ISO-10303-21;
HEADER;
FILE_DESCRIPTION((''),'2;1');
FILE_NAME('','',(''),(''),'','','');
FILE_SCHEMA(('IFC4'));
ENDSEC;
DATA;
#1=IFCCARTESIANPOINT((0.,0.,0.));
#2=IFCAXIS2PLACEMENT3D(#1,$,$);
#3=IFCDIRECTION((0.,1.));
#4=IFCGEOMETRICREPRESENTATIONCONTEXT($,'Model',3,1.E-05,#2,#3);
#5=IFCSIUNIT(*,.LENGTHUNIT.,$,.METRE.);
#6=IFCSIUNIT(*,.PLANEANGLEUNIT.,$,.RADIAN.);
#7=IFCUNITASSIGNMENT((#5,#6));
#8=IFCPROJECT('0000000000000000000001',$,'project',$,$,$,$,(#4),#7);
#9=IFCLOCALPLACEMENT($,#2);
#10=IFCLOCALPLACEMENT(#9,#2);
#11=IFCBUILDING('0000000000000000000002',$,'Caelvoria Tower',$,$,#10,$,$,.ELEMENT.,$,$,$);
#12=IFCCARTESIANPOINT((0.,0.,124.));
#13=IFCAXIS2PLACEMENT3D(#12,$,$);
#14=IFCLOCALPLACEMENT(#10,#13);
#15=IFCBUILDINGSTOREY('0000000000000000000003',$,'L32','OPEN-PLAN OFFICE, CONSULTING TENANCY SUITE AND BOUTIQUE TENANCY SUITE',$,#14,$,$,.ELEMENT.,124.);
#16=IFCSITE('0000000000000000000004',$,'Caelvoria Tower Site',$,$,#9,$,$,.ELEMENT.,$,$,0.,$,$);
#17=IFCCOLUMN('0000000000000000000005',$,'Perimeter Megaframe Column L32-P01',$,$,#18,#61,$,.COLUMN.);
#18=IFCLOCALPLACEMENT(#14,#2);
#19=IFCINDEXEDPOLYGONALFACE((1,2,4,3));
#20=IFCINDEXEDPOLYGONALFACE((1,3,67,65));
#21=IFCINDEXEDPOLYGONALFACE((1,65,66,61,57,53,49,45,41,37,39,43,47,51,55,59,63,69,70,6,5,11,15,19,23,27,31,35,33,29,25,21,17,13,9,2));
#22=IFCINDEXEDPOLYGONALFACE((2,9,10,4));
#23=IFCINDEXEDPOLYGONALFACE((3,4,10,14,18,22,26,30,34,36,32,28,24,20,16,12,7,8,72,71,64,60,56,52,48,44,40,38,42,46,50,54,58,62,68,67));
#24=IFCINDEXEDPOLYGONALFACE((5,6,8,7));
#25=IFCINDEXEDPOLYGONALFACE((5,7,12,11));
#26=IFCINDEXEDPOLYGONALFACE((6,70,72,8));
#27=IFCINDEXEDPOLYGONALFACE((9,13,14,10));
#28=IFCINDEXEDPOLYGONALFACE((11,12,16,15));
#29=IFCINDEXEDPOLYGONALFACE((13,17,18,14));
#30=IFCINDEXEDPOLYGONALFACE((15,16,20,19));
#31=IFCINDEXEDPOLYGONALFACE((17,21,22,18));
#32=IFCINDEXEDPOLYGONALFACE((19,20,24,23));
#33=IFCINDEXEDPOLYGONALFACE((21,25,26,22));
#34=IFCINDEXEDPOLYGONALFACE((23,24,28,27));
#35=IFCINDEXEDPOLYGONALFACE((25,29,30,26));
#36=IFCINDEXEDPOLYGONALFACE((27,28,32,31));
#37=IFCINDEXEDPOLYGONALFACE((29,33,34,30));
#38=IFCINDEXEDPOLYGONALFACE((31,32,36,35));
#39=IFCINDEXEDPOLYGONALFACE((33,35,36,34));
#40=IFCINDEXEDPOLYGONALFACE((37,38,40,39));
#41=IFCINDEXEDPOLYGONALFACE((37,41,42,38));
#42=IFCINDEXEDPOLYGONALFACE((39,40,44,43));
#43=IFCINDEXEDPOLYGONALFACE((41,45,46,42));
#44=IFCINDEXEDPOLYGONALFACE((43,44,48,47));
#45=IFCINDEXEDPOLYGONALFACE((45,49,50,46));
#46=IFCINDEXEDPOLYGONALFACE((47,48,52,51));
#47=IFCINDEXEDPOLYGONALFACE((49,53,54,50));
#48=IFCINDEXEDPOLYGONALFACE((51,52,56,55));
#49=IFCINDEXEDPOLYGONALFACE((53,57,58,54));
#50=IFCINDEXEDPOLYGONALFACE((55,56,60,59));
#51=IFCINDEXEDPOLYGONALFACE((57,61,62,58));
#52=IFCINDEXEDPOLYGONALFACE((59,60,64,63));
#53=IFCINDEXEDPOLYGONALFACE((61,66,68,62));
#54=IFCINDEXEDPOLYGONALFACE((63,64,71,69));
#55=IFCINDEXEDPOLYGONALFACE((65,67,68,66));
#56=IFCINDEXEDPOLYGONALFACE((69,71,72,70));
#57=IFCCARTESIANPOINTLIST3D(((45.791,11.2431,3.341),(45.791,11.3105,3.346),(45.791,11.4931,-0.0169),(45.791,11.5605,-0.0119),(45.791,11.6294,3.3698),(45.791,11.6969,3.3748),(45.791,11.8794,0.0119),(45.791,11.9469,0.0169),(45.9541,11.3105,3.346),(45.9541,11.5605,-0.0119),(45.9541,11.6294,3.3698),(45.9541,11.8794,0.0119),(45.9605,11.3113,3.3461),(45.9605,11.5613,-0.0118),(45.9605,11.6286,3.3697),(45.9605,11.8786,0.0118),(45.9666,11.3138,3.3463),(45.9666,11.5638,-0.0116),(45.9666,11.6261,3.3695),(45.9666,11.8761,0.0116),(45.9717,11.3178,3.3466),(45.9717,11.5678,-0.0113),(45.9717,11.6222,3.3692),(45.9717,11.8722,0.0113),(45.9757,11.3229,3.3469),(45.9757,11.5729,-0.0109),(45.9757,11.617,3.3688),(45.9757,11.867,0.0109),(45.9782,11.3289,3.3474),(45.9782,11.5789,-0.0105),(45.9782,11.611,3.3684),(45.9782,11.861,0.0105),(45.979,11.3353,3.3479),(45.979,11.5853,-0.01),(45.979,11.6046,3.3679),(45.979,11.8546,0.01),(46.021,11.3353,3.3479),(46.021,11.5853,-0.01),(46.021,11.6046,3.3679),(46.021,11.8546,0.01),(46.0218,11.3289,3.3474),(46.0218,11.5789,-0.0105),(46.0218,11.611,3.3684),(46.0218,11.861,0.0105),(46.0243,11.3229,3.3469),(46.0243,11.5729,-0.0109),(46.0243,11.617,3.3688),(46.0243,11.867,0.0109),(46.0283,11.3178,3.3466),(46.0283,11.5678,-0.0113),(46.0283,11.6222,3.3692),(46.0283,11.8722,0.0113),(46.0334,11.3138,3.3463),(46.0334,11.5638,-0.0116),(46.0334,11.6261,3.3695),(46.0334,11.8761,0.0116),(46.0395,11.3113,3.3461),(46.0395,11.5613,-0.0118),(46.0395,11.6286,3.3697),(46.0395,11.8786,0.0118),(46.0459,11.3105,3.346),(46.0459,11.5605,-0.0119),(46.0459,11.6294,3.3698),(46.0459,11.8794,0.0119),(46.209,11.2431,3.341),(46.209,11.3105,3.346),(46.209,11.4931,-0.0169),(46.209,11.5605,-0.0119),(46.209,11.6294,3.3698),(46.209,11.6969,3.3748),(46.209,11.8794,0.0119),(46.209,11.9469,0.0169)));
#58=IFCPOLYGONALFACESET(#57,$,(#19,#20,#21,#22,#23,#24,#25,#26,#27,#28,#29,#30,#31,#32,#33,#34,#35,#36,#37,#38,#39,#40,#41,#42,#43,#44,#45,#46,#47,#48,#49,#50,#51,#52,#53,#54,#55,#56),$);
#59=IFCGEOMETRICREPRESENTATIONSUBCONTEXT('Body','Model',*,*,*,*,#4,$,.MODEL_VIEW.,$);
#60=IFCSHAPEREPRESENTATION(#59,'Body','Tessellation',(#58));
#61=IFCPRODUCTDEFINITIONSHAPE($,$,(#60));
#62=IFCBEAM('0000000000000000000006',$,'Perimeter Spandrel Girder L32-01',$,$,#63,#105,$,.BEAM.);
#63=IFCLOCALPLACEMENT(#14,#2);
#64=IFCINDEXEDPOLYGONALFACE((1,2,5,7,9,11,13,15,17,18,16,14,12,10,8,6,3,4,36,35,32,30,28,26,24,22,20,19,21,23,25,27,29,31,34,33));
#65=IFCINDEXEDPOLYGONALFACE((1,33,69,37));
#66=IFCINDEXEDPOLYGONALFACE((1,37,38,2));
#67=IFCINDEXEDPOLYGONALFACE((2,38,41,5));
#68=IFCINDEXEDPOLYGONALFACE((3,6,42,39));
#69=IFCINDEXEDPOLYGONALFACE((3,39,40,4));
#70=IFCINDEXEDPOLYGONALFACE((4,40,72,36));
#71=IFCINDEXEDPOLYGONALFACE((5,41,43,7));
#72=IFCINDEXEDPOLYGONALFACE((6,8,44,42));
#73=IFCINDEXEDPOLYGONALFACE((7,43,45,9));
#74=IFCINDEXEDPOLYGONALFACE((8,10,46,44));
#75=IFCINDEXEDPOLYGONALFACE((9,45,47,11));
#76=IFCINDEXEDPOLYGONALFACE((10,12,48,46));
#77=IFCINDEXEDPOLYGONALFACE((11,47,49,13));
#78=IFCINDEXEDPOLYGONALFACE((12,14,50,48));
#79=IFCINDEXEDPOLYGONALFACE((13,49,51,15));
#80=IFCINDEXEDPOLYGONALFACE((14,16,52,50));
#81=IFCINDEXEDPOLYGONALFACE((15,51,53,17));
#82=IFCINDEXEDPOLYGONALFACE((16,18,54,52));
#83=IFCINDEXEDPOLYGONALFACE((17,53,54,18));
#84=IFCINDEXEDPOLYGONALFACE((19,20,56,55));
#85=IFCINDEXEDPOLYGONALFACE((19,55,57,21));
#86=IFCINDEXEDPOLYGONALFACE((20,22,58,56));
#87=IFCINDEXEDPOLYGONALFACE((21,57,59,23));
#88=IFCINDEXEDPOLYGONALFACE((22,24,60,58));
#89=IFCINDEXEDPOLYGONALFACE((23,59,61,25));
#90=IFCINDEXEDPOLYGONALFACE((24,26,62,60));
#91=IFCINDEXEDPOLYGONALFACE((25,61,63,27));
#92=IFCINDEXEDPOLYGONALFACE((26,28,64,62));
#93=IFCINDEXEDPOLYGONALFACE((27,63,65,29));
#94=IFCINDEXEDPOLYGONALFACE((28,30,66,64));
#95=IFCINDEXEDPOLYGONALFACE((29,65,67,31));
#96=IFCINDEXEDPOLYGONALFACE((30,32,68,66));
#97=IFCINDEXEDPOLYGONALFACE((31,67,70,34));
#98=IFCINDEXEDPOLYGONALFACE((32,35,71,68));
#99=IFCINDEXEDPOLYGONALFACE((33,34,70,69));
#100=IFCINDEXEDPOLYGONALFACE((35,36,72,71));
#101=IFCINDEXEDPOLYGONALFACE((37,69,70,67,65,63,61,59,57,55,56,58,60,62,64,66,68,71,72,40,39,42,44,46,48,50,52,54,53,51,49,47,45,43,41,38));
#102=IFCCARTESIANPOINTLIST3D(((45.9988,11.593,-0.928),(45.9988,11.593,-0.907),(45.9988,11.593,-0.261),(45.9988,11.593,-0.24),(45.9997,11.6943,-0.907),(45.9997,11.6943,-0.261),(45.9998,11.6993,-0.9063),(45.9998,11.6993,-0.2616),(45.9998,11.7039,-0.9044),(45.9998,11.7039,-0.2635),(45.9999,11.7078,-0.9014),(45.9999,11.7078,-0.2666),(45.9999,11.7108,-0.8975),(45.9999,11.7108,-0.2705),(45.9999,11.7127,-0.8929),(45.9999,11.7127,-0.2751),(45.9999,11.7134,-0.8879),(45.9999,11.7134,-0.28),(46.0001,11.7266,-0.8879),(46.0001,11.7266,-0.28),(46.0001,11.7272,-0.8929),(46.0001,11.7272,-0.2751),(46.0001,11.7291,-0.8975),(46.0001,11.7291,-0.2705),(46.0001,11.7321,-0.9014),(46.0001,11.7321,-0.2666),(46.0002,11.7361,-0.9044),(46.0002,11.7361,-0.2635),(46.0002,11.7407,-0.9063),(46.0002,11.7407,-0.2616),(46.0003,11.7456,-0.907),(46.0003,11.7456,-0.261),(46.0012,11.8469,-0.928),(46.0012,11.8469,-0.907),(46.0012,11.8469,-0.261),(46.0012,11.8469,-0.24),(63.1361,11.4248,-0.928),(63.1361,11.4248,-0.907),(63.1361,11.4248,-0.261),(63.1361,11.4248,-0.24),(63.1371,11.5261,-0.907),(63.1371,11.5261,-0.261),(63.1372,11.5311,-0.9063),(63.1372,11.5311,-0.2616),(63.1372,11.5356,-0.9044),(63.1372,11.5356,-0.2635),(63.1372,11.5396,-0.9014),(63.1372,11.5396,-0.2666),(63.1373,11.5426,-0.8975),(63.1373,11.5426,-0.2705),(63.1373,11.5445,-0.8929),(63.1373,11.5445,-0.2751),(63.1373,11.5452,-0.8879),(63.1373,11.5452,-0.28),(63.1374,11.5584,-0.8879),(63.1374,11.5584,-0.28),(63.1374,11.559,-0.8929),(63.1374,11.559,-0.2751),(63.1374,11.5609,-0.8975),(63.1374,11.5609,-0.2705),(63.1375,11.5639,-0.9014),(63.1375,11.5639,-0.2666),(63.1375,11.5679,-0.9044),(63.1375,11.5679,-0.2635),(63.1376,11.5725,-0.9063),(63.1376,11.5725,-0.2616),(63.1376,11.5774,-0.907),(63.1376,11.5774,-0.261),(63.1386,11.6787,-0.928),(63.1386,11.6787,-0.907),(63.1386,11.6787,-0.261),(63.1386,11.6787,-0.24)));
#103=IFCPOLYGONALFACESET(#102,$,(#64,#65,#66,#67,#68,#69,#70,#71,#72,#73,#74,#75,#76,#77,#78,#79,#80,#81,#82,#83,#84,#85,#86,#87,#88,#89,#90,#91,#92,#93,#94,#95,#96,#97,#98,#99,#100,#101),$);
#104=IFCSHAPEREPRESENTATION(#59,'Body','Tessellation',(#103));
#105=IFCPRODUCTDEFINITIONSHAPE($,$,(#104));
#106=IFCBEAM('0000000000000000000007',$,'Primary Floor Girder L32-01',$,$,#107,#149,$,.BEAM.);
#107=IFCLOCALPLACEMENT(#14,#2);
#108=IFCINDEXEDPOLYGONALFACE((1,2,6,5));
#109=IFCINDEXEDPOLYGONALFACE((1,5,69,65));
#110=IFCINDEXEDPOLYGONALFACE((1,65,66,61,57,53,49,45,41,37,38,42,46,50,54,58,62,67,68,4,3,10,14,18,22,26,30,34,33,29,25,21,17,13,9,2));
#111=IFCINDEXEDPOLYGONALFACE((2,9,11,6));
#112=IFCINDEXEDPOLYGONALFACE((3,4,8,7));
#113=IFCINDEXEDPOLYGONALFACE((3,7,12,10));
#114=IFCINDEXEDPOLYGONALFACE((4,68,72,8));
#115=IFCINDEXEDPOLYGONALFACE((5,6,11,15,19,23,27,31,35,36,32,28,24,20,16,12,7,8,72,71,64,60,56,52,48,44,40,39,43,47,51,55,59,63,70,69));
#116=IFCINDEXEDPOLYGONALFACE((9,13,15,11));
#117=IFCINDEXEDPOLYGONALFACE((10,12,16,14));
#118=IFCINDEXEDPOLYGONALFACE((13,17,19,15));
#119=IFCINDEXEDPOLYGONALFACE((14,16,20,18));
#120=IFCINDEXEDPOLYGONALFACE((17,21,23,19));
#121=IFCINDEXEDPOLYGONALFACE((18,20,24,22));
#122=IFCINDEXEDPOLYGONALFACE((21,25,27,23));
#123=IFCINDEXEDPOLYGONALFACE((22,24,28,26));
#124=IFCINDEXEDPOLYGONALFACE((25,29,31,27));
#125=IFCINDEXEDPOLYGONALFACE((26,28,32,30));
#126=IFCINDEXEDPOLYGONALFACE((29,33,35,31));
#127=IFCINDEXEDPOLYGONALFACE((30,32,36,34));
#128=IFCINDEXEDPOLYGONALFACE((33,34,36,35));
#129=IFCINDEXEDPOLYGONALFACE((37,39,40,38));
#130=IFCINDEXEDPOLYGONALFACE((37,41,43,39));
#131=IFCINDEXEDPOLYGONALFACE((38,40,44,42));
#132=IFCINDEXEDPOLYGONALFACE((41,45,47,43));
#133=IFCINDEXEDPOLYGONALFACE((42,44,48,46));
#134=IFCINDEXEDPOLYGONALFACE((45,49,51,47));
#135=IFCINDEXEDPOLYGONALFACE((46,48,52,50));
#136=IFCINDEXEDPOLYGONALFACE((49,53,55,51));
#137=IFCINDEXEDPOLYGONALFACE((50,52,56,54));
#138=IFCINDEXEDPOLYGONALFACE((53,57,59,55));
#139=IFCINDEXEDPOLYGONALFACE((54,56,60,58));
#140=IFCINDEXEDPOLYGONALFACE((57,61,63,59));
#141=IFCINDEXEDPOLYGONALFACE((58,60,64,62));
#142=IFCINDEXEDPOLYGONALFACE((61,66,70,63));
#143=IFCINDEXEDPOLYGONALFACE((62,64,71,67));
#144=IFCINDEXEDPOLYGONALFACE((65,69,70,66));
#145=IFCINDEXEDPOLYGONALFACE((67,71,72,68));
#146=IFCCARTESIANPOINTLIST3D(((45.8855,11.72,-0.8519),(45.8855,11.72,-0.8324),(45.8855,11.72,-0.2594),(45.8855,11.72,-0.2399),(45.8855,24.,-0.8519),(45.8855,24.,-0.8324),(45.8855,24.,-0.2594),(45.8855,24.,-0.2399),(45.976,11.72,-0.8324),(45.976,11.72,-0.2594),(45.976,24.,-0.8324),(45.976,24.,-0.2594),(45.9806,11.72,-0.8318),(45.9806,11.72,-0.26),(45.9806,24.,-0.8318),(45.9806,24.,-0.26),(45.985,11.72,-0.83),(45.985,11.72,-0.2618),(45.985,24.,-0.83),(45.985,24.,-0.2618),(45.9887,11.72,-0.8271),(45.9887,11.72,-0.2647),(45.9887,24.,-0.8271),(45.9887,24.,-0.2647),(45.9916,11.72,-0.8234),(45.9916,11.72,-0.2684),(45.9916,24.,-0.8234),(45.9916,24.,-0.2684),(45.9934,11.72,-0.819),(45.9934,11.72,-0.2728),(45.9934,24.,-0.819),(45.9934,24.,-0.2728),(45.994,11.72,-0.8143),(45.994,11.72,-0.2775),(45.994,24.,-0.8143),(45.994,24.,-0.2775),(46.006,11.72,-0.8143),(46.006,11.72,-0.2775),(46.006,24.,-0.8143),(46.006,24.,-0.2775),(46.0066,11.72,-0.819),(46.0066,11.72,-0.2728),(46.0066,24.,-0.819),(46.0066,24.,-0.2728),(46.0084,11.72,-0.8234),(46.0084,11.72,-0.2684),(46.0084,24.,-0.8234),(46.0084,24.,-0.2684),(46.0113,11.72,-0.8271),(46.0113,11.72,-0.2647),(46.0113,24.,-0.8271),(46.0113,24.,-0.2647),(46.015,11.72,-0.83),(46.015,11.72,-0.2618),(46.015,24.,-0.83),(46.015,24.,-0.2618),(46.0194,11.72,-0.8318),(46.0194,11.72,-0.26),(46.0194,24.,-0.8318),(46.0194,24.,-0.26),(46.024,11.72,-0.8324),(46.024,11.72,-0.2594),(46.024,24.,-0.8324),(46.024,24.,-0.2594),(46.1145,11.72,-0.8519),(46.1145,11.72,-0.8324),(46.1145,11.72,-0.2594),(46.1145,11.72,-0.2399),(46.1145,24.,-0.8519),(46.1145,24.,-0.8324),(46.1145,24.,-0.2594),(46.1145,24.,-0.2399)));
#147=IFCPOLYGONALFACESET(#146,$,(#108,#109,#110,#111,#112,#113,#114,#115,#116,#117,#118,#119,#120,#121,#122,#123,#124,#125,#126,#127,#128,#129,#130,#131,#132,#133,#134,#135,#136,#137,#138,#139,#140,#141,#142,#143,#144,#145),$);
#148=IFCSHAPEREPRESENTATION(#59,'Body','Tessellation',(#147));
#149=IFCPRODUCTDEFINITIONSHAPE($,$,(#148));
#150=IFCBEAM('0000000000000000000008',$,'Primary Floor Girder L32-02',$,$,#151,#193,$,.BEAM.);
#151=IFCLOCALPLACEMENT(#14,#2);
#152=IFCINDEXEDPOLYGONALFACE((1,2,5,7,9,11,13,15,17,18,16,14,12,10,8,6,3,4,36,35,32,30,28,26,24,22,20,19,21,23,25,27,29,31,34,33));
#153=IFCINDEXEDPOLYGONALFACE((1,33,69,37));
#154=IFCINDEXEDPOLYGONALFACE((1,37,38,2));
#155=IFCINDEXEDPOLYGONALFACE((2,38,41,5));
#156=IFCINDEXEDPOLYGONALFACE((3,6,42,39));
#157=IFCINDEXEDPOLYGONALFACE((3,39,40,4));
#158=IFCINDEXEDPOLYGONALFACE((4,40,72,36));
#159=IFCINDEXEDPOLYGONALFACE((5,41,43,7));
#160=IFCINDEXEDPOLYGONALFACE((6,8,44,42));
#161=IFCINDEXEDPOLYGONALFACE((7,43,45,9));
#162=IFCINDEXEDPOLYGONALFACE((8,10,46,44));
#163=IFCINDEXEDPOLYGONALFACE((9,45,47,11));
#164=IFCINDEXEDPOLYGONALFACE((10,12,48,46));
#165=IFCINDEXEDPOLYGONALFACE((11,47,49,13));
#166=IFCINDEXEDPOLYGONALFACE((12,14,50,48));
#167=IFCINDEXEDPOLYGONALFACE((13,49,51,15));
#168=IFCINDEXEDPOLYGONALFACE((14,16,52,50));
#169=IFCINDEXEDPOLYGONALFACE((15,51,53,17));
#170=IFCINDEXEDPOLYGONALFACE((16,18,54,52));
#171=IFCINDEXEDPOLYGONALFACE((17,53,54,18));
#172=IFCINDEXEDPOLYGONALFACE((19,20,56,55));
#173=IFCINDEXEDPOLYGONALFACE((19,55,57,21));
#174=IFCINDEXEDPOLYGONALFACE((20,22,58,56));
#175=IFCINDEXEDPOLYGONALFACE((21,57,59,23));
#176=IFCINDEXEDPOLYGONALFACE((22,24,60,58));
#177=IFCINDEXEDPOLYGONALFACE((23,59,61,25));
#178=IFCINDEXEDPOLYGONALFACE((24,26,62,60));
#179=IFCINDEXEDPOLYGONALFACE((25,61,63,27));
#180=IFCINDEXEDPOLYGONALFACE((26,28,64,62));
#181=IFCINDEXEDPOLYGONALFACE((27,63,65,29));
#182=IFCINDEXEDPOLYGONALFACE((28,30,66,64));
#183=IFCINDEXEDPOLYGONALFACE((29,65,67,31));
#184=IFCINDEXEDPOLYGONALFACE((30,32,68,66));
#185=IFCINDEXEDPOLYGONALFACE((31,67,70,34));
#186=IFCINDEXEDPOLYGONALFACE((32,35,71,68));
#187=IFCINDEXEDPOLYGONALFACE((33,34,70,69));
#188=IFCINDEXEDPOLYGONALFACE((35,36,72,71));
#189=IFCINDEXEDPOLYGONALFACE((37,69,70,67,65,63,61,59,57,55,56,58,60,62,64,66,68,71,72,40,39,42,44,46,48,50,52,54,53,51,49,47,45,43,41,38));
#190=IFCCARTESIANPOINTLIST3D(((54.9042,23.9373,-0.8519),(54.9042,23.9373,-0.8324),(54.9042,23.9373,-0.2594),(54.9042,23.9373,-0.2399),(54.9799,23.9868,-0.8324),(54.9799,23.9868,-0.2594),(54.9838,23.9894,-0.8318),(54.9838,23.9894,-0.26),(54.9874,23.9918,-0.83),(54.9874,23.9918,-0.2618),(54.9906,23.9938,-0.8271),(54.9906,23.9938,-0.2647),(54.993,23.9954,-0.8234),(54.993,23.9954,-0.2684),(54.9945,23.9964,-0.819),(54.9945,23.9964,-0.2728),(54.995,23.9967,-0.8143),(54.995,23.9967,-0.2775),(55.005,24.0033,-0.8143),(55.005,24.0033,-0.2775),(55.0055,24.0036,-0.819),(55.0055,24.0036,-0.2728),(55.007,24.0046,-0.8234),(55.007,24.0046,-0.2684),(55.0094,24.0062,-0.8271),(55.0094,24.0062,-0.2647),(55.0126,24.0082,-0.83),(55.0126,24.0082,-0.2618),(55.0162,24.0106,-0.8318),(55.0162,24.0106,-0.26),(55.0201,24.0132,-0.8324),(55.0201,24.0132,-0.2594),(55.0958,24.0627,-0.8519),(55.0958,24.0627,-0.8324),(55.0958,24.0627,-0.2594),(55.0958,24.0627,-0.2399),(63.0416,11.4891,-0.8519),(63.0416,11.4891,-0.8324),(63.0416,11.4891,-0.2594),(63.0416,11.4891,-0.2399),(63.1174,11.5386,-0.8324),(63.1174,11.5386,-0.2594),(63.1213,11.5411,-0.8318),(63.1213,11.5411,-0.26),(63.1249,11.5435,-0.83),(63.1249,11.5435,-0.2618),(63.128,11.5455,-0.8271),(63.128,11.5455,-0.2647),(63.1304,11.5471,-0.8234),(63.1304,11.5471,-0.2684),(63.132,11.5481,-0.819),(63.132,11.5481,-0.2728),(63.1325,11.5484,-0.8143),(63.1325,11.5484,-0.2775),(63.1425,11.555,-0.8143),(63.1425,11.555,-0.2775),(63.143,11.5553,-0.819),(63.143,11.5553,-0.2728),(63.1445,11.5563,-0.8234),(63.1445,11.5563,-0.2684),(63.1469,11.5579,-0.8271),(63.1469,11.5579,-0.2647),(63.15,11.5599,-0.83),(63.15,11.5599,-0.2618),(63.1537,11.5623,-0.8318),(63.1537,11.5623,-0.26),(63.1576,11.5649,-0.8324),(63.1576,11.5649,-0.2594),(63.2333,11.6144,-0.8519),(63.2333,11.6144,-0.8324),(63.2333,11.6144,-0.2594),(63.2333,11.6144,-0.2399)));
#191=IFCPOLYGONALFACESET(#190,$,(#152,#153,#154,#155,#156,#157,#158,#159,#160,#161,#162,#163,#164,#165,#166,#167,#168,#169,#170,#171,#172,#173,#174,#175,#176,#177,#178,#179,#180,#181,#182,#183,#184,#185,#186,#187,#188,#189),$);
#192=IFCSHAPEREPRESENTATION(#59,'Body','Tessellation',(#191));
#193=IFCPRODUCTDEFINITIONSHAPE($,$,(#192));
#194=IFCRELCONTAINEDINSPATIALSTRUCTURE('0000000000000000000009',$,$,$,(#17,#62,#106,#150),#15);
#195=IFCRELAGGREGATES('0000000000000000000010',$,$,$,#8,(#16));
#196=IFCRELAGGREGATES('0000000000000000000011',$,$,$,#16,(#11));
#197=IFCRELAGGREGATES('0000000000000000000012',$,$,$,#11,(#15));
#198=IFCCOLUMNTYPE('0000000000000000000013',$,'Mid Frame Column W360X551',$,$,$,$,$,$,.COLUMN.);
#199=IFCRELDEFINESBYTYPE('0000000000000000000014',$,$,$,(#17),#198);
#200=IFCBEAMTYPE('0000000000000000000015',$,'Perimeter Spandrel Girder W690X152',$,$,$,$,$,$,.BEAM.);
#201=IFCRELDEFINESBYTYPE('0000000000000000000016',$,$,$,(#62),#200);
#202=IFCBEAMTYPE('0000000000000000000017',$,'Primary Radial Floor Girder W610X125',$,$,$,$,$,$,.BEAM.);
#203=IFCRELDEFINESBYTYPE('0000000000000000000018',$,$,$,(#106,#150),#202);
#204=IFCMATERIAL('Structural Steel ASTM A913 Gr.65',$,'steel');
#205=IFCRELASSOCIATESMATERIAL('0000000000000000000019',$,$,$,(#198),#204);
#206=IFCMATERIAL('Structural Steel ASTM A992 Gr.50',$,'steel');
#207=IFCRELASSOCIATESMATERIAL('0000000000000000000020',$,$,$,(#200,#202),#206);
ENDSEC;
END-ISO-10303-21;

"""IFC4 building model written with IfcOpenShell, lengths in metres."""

from ifc_helpers import new_model, si_unit, direction, frame, origin, origin_2d, place, context, subcontext, project, spatial, i_section, extrude, material, material_profile, profile_set, type_object, element, save


model = new_model("IFC4")

# Units and contexts
model_context = context("Model", 3, precision=1e-05, world=origin(), true_north=direction((0.0, 1.0)))
body_context = subcontext(model_context, "Body", "Model", "MODEL_VIEW")
ifc_project = project(units=[si_unit("LENGTHUNIT", "METRE"), si_unit("PLANEANGLEUNIT", "RADIAN")], contexts=[model_context])

# Site, building, storey
site_placement = place(None, origin())
site = spatial("IfcSite", under=ifc_project, at=site_placement, Name="Caelvoria Tower Site", CompositionType="ELEMENT", RefElevation=0.0)
building_placement = place(site_placement, origin())
building = spatial("IfcBuilding", under=site, at=building_placement, Name="Caelvoria Tower", CompositionType="ELEMENT")
storey_placement = place(building_placement, frame((0.0, 0.0, 124.0)))
storey = spatial("IfcBuildingStorey", under=building, at=storey_placement, Name="L32", Description="OPEN-PLAN OFFICE, CONSULTING TENANCY SUITE AND BOUTIQUE TENANCY SUITE", CompositionType="ELEMENT", Elevation=124.0)

# Column
ifc_material_1 = material(Name="Structural Steel ASTM A913 Gr.65", Category="steel")
ifc_material_profile_1 = material_profile(ifc_material_1, i_section(OverallWidth=0.418, OverallDepth=0.4551, WebThickness=0.042, FlangeThickness=0.0676, FilletRadius=0.0249, at=origin_2d()), Name="Structural Steel ASTM A913 Gr.65")
ifc_profile_set_1 = profile_set([ifc_material_profile_1], Name="W360X551 - Structural Steel ASTM A913 Gr.65")
column_type = type_object("IfcColumnType", Name="Mid Frame Column W360X551", PredefinedType="COLUMN", material=ifc_profile_set_1)
column_placement = place(storey_placement, frame((46.0, 11.72, 0.0), z_axis=(0.0, -0.074246, 0.99724), x_axis=(1.0, 0.0, 0.0)))
element("IfcColumn", 1, at=column_placement, inside=storey, type_object=column_type, Name="Perimeter Megaframe Column L32-P01", PredefinedType="COLUMN", context=body_context, shape_type="SweptSolid", body=[
    extrude(i_section(OverallWidth=0.418, OverallDepth=0.4551, WebThickness=0.042, FlangeThickness=0.0676, FilletRadius=0.0249, at=origin_2d()), origin(), (0.0, 0.0, 1.0), 3.3672),
])

# Beams
ifc_material_2 = material(Name="Structural Steel ASTM A992 Gr.50", Category="steel")
ifc_material_profile_2 = material_profile(ifc_material_2, i_section(OverallWidth=0.2539, OverallDepth=0.688, WebThickness=0.0132, FlangeThickness=0.021, FilletRadius=0.019, at=origin_2d()), Name="Structural Steel ASTM A992 Gr.50")
ifc_profile_set_2 = profile_set([ifc_material_profile_2], Name="W690X152 - Structural Steel ASTM A992 Gr.50")
beam_type_1 = type_object("IfcBeamType", Name="Perimeter Spandrel Girder W690X152", PredefinedType="BEAM", material=ifc_profile_set_2)
beam_1_placement = place(storey_placement, frame((46.0, 11.72, -0.584), z_axis=(0.999952, -0.009815, 0.0), x_axis=(0.009815, 0.999952, 0.0)))
element("IfcBeam", 2, at=beam_1_placement, inside=storey, type_object=beam_type_1, Name="Perimeter Spandrel Girder L32-01", PredefinedType="BEAM", context=body_context, shape_type="SweptSolid", body=[
    extrude(i_section(OverallWidth=0.2539, OverallDepth=0.688, WebThickness=0.0132, FlangeThickness=0.021, FilletRadius=0.019, at=origin_2d()), origin(), (0.0, 0.0, 1.0), 17.1382),
])
ifc_material_profile_3 = material_profile(ifc_material_2, i_section(OverallWidth=0.229, OverallDepth=0.6121, WebThickness=0.012, FlangeThickness=0.0195, FilletRadius=0.0181, at=origin_2d()), Name="Structural Steel ASTM A992 Gr.50")
ifc_profile_set_3 = profile_set([ifc_material_profile_3], Name="W610X125 - Structural Steel ASTM A992 Gr.50")
beam_type_2 = type_object("IfcBeamType", Name="Primary Radial Floor Girder W610X125", PredefinedType="BEAM", material=ifc_profile_set_3)
beam_2_placement = place(storey_placement, frame((46.0, 24.0, -0.5459), z_axis=(0.0, -1.0, 0.0), x_axis=(1.0, 0.0, 0.0)))
element("IfcBeam", 3, at=beam_2_placement, inside=storey, type_object=beam_type_2, Name="Primary Floor Girder L32-01", PredefinedType="BEAM", context=body_context, shape_type="SweptSolid", body=[
    extrude(i_section(OverallWidth=0.229, OverallDepth=0.6121, WebThickness=0.012, FlangeThickness=0.0195, FilletRadius=0.0181, at=origin_2d()), origin(), (0.0, 0.0, 1.0), 12.28),
])
beam_3_placement = place(storey_placement, frame((55.0, 24.0, -0.5459), z_axis=(0.547165, -0.837025, 0.0), x_axis=(0.837025, 0.547165, 0.0)))
element("IfcBeam", 4, at=beam_3_placement, inside=storey, type_object=beam_type_2, Name="Primary Floor Girder L32-02", PredefinedType="BEAM", context=body_context, shape_type="SweptSolid", body=[
    extrude(i_section(OverallWidth=0.229, OverallDepth=0.6121, WebThickness=0.012, FlangeThickness=0.0195, FilletRadius=0.0181, at=origin_2d()), origin(), (0.0, 0.0, 1.0), 14.8721),
])

save(model, "model.ifc")
